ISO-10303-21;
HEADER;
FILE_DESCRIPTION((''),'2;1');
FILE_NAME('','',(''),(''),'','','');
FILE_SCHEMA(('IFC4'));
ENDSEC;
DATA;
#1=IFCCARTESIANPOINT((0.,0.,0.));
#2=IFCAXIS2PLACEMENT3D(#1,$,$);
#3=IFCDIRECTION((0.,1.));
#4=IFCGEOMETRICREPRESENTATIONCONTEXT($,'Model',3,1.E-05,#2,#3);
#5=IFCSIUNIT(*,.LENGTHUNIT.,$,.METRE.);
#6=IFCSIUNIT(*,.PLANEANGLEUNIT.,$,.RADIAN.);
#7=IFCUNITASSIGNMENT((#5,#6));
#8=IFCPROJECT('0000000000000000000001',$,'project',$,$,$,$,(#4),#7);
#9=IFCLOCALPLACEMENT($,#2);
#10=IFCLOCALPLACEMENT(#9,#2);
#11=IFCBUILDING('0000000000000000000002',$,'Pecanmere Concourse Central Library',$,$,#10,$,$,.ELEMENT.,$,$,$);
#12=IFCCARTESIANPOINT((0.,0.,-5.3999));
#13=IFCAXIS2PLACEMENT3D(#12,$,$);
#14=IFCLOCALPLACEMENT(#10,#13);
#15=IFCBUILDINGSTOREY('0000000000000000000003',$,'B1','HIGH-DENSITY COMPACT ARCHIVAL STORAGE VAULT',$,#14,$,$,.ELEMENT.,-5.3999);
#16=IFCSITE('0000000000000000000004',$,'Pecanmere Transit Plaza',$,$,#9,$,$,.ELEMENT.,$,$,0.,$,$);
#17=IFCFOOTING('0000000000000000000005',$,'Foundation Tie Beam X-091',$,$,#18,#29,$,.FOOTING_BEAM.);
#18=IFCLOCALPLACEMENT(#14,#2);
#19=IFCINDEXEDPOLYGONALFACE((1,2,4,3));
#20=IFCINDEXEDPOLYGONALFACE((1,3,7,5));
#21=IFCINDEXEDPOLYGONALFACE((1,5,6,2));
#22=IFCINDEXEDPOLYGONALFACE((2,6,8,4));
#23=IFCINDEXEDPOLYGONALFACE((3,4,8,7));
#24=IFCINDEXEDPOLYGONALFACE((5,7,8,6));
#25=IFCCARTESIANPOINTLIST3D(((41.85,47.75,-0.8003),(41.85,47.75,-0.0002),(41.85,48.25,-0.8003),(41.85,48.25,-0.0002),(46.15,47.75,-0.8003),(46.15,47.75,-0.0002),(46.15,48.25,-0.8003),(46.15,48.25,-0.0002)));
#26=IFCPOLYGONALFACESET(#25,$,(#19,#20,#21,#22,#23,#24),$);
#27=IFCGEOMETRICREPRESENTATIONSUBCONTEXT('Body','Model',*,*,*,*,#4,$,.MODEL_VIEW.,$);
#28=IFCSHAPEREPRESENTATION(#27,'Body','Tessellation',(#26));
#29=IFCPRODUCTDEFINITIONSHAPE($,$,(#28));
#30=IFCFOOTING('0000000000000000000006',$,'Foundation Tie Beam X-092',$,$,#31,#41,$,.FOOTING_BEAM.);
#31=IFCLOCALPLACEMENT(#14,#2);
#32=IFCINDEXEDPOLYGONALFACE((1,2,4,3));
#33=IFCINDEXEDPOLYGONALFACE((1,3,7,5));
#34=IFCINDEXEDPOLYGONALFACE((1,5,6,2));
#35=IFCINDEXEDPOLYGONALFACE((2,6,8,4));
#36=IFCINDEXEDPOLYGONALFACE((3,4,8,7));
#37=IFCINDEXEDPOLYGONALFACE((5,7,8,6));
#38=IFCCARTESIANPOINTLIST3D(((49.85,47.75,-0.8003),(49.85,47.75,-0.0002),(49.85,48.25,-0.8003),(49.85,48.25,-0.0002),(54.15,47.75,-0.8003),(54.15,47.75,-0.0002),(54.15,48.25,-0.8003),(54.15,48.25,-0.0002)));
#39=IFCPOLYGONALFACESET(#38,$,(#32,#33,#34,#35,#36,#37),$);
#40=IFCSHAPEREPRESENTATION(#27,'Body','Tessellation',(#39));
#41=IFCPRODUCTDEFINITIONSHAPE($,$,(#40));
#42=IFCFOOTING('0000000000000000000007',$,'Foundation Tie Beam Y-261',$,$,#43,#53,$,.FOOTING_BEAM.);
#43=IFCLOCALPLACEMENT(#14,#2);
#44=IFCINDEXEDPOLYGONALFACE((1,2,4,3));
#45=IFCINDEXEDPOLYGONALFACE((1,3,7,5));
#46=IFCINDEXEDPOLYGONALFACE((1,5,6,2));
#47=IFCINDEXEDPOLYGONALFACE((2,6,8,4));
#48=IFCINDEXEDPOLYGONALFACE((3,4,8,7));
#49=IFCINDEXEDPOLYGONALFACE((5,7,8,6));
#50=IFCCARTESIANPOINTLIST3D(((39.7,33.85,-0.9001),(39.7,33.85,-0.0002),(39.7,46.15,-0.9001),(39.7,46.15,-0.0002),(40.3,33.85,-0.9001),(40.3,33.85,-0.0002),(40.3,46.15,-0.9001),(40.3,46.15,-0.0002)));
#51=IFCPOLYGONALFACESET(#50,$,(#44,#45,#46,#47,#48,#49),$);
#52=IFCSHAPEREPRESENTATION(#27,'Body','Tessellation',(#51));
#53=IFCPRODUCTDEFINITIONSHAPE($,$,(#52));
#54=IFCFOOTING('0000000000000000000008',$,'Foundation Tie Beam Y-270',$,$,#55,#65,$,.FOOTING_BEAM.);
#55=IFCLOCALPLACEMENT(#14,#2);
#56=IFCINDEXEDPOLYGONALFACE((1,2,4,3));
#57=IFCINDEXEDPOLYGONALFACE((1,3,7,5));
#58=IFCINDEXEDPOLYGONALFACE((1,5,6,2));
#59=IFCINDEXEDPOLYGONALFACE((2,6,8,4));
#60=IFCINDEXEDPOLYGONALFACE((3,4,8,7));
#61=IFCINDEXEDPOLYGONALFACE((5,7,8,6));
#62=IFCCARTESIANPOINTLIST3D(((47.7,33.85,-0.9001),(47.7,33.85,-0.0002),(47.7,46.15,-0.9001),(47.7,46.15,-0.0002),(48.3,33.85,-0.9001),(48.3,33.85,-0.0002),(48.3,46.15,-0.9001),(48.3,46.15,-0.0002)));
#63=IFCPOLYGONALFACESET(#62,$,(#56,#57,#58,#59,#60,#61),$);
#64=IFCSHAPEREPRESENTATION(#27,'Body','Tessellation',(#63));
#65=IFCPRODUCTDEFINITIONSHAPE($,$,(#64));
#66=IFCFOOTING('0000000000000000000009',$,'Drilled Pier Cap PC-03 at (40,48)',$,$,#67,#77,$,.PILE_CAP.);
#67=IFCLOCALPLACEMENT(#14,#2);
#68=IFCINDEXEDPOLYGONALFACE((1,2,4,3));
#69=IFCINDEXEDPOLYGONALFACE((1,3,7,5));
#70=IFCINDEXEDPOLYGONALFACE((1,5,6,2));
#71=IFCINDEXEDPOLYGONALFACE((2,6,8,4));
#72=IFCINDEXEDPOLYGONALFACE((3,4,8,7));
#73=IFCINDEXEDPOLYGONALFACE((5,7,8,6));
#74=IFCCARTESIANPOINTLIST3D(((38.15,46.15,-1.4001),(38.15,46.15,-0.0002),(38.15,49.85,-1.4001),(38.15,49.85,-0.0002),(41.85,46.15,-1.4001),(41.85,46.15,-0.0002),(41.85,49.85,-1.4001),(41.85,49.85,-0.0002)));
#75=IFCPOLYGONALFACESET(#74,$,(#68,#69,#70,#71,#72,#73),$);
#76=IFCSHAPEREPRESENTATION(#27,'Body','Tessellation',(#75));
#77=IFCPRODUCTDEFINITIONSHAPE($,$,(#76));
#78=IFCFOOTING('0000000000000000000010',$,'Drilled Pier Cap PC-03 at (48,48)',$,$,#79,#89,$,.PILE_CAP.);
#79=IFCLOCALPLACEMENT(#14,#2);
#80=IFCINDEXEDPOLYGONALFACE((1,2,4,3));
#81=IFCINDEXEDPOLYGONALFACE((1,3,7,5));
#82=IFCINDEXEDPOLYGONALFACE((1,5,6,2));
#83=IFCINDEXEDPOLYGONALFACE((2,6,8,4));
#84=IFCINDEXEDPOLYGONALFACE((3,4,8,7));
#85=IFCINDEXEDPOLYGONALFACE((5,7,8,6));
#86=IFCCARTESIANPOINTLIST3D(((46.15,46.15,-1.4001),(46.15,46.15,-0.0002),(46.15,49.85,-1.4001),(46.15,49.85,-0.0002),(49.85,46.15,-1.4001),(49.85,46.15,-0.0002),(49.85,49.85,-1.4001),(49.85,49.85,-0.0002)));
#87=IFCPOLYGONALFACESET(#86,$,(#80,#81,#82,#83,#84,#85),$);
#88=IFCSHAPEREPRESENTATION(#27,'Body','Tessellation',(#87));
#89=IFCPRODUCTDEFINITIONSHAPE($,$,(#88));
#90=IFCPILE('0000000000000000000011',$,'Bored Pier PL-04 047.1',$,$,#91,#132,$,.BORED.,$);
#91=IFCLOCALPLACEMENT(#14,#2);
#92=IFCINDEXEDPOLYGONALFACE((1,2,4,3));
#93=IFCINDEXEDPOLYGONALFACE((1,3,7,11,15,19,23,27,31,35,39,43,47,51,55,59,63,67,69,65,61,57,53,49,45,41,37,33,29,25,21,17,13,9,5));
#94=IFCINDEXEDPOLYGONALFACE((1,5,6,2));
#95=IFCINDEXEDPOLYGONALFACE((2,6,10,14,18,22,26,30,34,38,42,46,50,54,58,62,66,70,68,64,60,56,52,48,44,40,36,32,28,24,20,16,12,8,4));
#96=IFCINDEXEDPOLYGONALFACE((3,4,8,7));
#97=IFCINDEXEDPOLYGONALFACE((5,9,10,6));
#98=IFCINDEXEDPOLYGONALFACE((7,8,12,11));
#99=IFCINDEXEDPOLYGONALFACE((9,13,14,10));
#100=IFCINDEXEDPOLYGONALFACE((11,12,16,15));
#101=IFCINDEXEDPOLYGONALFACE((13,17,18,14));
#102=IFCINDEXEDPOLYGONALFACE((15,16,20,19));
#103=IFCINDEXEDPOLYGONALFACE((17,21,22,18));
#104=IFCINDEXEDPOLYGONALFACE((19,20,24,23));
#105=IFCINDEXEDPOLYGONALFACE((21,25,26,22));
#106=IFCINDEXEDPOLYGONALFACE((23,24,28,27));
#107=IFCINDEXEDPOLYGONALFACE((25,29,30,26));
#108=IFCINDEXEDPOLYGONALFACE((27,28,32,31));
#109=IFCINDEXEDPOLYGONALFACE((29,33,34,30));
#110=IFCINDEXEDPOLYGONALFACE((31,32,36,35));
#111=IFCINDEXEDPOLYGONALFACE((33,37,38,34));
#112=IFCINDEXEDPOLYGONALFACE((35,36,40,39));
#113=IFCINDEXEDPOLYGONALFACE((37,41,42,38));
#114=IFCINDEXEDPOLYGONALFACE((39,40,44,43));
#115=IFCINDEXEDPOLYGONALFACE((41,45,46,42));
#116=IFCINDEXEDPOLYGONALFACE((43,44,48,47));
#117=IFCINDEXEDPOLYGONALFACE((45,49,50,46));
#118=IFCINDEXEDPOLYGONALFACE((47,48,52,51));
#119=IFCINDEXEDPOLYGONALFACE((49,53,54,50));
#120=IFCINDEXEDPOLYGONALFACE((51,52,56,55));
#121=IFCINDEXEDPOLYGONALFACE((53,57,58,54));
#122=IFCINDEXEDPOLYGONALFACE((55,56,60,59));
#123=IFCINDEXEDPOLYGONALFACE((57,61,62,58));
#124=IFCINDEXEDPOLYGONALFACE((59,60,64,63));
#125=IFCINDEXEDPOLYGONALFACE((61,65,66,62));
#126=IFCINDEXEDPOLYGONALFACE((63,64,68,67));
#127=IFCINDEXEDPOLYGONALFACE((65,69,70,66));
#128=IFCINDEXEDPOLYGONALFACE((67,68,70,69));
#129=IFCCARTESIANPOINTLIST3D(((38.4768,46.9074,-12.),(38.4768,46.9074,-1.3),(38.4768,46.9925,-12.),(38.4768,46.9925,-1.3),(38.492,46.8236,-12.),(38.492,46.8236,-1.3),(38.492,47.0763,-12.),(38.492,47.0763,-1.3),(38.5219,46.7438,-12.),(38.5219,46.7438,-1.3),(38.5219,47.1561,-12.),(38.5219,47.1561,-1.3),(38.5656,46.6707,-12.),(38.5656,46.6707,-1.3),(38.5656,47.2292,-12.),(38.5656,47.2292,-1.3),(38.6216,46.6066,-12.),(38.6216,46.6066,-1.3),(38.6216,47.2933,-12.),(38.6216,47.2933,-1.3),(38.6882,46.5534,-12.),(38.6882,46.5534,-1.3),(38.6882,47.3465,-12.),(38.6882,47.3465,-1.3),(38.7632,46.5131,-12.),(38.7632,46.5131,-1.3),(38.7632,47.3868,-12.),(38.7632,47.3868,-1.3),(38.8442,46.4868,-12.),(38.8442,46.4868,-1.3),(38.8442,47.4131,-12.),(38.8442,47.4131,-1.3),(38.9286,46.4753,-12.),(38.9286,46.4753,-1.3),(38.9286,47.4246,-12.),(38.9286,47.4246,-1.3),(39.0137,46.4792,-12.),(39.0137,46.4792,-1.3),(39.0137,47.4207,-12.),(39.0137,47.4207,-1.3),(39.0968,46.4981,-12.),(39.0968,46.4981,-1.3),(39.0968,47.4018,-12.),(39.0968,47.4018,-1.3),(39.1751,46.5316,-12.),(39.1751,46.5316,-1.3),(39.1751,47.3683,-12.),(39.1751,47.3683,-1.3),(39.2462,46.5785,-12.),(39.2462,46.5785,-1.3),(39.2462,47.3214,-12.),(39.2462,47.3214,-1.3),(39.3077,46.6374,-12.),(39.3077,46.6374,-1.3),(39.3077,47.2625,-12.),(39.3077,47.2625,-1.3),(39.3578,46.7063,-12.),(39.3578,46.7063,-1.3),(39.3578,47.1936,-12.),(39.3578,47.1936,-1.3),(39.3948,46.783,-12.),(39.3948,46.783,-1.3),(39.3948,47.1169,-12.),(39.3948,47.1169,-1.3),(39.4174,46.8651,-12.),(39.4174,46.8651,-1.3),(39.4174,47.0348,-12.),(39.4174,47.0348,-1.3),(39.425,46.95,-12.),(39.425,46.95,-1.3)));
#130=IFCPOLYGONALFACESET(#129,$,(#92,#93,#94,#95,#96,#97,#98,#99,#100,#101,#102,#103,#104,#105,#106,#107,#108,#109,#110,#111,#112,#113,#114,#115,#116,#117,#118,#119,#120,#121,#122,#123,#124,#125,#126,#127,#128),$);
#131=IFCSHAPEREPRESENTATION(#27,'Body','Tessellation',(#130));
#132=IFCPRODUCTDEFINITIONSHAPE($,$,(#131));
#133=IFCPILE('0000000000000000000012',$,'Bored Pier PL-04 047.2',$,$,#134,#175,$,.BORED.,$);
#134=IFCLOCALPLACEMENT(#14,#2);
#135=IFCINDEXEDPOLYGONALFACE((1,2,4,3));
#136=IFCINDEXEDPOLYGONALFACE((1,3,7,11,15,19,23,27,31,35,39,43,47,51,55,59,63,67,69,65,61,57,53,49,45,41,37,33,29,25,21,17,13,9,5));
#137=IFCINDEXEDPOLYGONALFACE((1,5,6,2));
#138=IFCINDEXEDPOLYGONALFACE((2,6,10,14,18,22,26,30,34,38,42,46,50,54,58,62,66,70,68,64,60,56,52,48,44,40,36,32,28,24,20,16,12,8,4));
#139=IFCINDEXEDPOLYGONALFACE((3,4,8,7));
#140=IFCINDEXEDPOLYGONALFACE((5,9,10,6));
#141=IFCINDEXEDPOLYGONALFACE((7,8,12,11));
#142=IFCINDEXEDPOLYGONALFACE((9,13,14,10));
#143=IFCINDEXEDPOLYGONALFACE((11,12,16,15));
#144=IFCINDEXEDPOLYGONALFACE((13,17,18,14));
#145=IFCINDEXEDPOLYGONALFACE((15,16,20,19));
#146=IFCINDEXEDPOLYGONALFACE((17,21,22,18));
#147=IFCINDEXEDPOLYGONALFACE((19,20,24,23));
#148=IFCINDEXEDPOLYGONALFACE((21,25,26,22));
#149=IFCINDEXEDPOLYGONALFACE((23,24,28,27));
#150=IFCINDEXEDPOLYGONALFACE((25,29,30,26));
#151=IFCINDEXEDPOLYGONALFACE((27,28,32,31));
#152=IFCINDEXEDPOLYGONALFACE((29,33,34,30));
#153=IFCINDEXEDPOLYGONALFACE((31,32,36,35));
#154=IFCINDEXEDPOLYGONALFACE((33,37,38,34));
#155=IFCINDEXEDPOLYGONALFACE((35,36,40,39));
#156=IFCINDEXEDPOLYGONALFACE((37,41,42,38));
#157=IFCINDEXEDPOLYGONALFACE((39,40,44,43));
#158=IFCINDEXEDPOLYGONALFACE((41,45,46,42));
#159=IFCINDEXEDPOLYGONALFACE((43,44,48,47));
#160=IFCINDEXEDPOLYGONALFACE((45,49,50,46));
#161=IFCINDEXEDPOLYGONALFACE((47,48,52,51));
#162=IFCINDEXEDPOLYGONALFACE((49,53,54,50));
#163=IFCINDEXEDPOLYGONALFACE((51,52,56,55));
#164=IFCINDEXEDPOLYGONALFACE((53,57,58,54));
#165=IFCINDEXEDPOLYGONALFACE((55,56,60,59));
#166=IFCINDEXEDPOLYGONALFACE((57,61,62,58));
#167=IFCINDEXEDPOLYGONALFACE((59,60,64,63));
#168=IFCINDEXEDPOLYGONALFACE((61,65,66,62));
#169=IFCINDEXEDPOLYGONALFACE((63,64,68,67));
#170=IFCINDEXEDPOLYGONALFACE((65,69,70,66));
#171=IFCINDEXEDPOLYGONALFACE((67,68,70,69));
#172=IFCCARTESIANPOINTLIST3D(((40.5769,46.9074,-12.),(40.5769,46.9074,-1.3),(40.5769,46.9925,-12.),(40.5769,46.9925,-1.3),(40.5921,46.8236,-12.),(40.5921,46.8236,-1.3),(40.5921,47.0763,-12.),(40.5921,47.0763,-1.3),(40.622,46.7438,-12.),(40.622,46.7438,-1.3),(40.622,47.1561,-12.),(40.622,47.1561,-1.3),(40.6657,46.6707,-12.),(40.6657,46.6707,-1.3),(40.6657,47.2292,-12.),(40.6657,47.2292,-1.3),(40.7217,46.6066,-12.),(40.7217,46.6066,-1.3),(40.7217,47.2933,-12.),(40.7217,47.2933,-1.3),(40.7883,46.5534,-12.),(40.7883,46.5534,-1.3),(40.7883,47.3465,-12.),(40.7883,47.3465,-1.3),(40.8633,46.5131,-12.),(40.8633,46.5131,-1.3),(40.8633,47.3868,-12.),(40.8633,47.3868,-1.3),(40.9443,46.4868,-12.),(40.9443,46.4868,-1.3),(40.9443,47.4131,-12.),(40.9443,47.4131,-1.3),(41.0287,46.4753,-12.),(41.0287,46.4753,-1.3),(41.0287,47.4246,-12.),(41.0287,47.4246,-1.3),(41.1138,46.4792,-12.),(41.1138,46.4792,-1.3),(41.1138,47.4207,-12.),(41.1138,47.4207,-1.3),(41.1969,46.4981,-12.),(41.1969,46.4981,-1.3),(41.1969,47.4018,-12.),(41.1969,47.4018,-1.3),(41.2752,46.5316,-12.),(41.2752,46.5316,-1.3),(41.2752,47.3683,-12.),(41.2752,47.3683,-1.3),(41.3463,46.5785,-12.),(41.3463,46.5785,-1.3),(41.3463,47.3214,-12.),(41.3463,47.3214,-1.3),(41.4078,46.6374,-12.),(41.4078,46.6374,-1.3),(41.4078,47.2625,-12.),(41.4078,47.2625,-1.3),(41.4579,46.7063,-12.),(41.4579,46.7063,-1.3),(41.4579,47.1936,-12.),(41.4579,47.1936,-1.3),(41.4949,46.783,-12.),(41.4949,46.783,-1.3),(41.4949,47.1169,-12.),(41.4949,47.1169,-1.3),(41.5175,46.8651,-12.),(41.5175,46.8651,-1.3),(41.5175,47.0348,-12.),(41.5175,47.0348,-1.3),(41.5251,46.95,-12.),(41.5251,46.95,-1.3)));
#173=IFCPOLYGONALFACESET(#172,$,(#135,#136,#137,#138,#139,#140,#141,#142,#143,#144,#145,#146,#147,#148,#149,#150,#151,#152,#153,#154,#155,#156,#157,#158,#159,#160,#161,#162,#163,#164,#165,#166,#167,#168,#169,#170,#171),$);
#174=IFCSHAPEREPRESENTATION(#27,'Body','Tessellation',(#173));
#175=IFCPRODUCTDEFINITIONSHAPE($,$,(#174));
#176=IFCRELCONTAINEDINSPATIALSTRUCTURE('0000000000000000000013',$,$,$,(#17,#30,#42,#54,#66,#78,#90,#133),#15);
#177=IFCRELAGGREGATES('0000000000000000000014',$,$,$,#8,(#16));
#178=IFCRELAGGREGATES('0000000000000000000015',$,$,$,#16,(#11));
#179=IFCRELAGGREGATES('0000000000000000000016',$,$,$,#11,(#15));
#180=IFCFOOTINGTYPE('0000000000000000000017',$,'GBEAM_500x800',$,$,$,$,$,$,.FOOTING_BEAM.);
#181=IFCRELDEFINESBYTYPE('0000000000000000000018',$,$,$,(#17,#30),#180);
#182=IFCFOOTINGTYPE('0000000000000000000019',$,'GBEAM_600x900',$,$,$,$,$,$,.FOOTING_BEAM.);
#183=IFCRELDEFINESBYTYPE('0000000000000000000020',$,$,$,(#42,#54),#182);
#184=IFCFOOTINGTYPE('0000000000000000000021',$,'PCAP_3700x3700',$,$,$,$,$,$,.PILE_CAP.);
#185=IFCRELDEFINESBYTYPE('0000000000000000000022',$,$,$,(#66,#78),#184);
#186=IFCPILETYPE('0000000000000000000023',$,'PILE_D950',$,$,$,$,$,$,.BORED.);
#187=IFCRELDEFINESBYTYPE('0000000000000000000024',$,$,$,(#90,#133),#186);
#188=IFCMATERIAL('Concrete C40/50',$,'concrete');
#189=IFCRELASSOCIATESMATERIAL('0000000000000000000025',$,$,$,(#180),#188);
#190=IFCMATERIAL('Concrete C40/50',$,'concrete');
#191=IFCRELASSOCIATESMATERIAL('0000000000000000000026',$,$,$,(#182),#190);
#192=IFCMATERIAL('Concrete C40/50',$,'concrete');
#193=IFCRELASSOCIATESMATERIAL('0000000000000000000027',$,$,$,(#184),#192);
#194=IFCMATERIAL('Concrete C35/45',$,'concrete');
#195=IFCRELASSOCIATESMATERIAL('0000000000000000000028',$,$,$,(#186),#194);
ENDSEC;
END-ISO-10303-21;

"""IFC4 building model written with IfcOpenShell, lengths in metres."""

from ifc_helpers import new_model, si_unit, direction, frame, origin, origin_2d, place, context, subcontext, project, spatial, rectangle, circle, extrude, material, material_profile, profile_set, type_object, element, save


model = new_model("IFC4")

# Units and contexts
model_context = context("Model", 3, precision=1e-05, world=origin(), true_north=direction((0.0, 1.0)))
body_context = subcontext(model_context, "Body", "Model", "MODEL_VIEW")
ifc_project = project(units=[si_unit("LENGTHUNIT", "METRE"), si_unit("PLANEANGLEUNIT", "RADIAN")], contexts=[model_context])

# Site, building, storey
site_placement = place(None, origin())
site = spatial("IfcSite", under=ifc_project, at=site_placement, Name="Pecanmere Transit Plaza", CompositionType="ELEMENT", RefElevation=0.0)
building_placement = place(site_placement, origin())
building = spatial("IfcBuilding", under=site, at=building_placement, Name="Pecanmere Concourse Central Library", CompositionType="ELEMENT")
storey_placement = place(building_placement, frame((0.0, 0.0, -5.3999)))
storey = spatial("IfcBuildingStorey", under=building, at=storey_placement, Name="B1", Description="HIGH-DENSITY COMPACT ARCHIVAL STORAGE VAULT", CompositionType="ELEMENT", Elevation=-5.3999)

# Footings
ifc_material_1 = material(Name="Concrete C40/50", Category="concrete")
ifc_material_profile_1 = material_profile(ifc_material_1, rectangle(XDim=0.5, YDim=0.8, at=origin_2d()), Name="RC 500x800")
ifc_profile_set_1 = profile_set([ifc_material_profile_1], Name="Concrete C40/50")
footing_type_1 = type_object("IfcFootingType", Name="GBEAM_500x800", PredefinedType="FOOTING_BEAM", material=ifc_profile_set_1)
for number, where, z_axis, x_axis, name in (
    (1, (44.0, 48.0, -0.8003), (0.0, 0.0, 1.0), (1.0, 0.0, 0.0), "Foundation Tie Beam X-091"),
    (2, (52.0, 48.0, -0.8003), (0.0, 0.0, 1.0), (1.0, 0.0, 0.0), "Foundation Tie Beam X-092"),
):
    element("IfcFooting", number, at=place(storey_placement, frame(where, z_axis=z_axis, x_axis=x_axis)), inside=storey, type_object=footing_type_1, Name=name, PredefinedType="FOOTING_BEAM", context=body_context, shape_type="SweptSolid", body=[
        extrude(rectangle(XDim=4.3, YDim=0.5, at=origin_2d()), origin(), (0.0, 0.0, 1.0), 0.8),
    ])
ifc_material_2 = material(Name="Concrete C40/50", Category="concrete")
ifc_material_profile_2 = material_profile(ifc_material_2, rectangle(XDim=0.6001, YDim=0.8999, at=origin_2d()), Name="RC 600x900")
ifc_profile_set_2 = profile_set([ifc_material_profile_2], Name="Concrete C40/50")
footing_type_2 = type_object("IfcFootingType", Name="GBEAM_600x900", PredefinedType="FOOTING_BEAM", material=ifc_profile_set_2)
for number, where, z_axis, x_axis, name in (
    (3, (40.0, 40.0, -0.9001), (0.0, 0.0, 1.0), (0.0, 1.0, 0.0), "Foundation Tie Beam Y-261"),
    (4, (48.0, 40.0, -0.9001), (0.0, 0.0, 1.0), (0.0, 1.0, 0.0), "Foundation Tie Beam Y-270"),
):
    element("IfcFooting", number, at=place(storey_placement, frame(where, z_axis=z_axis, x_axis=x_axis)), inside=storey, type_object=footing_type_2, Name=name, PredefinedType="FOOTING_BEAM", context=body_context, shape_type="SweptSolid", body=[
        extrude(rectangle(XDim=12.3, YDim=0.6001, at=origin_2d()), origin(), (0.0, 0.0, 1.0), 0.8999),
    ])
ifc_material_3 = material(Name="Concrete C40/50", Category="concrete")
footing_type_3 = type_object("IfcFootingType", Name="PCAP_3700x3700", PredefinedType="PILE_CAP", material=ifc_material_3)
for number, where, z_axis, x_axis, name in (
    (5, (40.0, 48.0, -1.4001), (0.0, 0.0, 1.0), (1.0, 0.0, 0.0), "Drilled Pier Cap PC-03 at (40,48)"),
    (6, (48.0, 48.0, -1.4001), (0.0, 0.0, 1.0), (1.0, 0.0, 0.0), "Drilled Pier Cap PC-03 at (48,48)"),
):
    element("IfcFooting", number, at=place(storey_placement, frame(where, z_axis=z_axis, x_axis=x_axis)), inside=storey, type_object=footing_type_3, Name=name, PredefinedType="PILE_CAP", context=body_context, shape_type="SweptSolid", body=[
        extrude(rectangle(XDim=3.7, YDim=3.7, at=origin_2d()), origin(), (0.0, 0.0, 1.0), 1.3999),
    ])

# Piles
ifc_material_4 = material(Name="Concrete C35/45", Category="concrete")
ifc_material_profile_3 = material_profile(ifc_material_4, circle(Radius=0.4751, at=origin_2d()), Name="PIER D950")
ifc_profile_set_3 = profile_set([ifc_material_profile_3], Name="Concrete C35/45")
pile_type = type_object("IfcPileType", Name="PILE_D950", PredefinedType="BORED", material=ifc_profile_set_3)
for number, where, z_axis, x_axis, name in (
    (7, (38.95, 46.95, -1.3), (0.0, 0.0, -1.0), (1.0, 0.0, 0.0), "Bored Pier PL-04 047.1"),
    (8, (41.05, 46.95, -1.3), (0.0, 0.0, -1.0), (1.0, 0.0, 0.0), "Bored Pier PL-04 047.2"),
):
    element("IfcPile", number, at=place(storey_placement, frame(where, z_axis=z_axis, x_axis=x_axis)), inside=storey, type_object=pile_type, Name=name, PredefinedType="BORED", context=body_context, shape_type="SweptSolid", body=[
        extrude(circle(Radius=0.4751, at=origin_2d()), origin(), (0.0, 0.0, 1.0), 10.7),
    ])

save(model, "model.ifc")
